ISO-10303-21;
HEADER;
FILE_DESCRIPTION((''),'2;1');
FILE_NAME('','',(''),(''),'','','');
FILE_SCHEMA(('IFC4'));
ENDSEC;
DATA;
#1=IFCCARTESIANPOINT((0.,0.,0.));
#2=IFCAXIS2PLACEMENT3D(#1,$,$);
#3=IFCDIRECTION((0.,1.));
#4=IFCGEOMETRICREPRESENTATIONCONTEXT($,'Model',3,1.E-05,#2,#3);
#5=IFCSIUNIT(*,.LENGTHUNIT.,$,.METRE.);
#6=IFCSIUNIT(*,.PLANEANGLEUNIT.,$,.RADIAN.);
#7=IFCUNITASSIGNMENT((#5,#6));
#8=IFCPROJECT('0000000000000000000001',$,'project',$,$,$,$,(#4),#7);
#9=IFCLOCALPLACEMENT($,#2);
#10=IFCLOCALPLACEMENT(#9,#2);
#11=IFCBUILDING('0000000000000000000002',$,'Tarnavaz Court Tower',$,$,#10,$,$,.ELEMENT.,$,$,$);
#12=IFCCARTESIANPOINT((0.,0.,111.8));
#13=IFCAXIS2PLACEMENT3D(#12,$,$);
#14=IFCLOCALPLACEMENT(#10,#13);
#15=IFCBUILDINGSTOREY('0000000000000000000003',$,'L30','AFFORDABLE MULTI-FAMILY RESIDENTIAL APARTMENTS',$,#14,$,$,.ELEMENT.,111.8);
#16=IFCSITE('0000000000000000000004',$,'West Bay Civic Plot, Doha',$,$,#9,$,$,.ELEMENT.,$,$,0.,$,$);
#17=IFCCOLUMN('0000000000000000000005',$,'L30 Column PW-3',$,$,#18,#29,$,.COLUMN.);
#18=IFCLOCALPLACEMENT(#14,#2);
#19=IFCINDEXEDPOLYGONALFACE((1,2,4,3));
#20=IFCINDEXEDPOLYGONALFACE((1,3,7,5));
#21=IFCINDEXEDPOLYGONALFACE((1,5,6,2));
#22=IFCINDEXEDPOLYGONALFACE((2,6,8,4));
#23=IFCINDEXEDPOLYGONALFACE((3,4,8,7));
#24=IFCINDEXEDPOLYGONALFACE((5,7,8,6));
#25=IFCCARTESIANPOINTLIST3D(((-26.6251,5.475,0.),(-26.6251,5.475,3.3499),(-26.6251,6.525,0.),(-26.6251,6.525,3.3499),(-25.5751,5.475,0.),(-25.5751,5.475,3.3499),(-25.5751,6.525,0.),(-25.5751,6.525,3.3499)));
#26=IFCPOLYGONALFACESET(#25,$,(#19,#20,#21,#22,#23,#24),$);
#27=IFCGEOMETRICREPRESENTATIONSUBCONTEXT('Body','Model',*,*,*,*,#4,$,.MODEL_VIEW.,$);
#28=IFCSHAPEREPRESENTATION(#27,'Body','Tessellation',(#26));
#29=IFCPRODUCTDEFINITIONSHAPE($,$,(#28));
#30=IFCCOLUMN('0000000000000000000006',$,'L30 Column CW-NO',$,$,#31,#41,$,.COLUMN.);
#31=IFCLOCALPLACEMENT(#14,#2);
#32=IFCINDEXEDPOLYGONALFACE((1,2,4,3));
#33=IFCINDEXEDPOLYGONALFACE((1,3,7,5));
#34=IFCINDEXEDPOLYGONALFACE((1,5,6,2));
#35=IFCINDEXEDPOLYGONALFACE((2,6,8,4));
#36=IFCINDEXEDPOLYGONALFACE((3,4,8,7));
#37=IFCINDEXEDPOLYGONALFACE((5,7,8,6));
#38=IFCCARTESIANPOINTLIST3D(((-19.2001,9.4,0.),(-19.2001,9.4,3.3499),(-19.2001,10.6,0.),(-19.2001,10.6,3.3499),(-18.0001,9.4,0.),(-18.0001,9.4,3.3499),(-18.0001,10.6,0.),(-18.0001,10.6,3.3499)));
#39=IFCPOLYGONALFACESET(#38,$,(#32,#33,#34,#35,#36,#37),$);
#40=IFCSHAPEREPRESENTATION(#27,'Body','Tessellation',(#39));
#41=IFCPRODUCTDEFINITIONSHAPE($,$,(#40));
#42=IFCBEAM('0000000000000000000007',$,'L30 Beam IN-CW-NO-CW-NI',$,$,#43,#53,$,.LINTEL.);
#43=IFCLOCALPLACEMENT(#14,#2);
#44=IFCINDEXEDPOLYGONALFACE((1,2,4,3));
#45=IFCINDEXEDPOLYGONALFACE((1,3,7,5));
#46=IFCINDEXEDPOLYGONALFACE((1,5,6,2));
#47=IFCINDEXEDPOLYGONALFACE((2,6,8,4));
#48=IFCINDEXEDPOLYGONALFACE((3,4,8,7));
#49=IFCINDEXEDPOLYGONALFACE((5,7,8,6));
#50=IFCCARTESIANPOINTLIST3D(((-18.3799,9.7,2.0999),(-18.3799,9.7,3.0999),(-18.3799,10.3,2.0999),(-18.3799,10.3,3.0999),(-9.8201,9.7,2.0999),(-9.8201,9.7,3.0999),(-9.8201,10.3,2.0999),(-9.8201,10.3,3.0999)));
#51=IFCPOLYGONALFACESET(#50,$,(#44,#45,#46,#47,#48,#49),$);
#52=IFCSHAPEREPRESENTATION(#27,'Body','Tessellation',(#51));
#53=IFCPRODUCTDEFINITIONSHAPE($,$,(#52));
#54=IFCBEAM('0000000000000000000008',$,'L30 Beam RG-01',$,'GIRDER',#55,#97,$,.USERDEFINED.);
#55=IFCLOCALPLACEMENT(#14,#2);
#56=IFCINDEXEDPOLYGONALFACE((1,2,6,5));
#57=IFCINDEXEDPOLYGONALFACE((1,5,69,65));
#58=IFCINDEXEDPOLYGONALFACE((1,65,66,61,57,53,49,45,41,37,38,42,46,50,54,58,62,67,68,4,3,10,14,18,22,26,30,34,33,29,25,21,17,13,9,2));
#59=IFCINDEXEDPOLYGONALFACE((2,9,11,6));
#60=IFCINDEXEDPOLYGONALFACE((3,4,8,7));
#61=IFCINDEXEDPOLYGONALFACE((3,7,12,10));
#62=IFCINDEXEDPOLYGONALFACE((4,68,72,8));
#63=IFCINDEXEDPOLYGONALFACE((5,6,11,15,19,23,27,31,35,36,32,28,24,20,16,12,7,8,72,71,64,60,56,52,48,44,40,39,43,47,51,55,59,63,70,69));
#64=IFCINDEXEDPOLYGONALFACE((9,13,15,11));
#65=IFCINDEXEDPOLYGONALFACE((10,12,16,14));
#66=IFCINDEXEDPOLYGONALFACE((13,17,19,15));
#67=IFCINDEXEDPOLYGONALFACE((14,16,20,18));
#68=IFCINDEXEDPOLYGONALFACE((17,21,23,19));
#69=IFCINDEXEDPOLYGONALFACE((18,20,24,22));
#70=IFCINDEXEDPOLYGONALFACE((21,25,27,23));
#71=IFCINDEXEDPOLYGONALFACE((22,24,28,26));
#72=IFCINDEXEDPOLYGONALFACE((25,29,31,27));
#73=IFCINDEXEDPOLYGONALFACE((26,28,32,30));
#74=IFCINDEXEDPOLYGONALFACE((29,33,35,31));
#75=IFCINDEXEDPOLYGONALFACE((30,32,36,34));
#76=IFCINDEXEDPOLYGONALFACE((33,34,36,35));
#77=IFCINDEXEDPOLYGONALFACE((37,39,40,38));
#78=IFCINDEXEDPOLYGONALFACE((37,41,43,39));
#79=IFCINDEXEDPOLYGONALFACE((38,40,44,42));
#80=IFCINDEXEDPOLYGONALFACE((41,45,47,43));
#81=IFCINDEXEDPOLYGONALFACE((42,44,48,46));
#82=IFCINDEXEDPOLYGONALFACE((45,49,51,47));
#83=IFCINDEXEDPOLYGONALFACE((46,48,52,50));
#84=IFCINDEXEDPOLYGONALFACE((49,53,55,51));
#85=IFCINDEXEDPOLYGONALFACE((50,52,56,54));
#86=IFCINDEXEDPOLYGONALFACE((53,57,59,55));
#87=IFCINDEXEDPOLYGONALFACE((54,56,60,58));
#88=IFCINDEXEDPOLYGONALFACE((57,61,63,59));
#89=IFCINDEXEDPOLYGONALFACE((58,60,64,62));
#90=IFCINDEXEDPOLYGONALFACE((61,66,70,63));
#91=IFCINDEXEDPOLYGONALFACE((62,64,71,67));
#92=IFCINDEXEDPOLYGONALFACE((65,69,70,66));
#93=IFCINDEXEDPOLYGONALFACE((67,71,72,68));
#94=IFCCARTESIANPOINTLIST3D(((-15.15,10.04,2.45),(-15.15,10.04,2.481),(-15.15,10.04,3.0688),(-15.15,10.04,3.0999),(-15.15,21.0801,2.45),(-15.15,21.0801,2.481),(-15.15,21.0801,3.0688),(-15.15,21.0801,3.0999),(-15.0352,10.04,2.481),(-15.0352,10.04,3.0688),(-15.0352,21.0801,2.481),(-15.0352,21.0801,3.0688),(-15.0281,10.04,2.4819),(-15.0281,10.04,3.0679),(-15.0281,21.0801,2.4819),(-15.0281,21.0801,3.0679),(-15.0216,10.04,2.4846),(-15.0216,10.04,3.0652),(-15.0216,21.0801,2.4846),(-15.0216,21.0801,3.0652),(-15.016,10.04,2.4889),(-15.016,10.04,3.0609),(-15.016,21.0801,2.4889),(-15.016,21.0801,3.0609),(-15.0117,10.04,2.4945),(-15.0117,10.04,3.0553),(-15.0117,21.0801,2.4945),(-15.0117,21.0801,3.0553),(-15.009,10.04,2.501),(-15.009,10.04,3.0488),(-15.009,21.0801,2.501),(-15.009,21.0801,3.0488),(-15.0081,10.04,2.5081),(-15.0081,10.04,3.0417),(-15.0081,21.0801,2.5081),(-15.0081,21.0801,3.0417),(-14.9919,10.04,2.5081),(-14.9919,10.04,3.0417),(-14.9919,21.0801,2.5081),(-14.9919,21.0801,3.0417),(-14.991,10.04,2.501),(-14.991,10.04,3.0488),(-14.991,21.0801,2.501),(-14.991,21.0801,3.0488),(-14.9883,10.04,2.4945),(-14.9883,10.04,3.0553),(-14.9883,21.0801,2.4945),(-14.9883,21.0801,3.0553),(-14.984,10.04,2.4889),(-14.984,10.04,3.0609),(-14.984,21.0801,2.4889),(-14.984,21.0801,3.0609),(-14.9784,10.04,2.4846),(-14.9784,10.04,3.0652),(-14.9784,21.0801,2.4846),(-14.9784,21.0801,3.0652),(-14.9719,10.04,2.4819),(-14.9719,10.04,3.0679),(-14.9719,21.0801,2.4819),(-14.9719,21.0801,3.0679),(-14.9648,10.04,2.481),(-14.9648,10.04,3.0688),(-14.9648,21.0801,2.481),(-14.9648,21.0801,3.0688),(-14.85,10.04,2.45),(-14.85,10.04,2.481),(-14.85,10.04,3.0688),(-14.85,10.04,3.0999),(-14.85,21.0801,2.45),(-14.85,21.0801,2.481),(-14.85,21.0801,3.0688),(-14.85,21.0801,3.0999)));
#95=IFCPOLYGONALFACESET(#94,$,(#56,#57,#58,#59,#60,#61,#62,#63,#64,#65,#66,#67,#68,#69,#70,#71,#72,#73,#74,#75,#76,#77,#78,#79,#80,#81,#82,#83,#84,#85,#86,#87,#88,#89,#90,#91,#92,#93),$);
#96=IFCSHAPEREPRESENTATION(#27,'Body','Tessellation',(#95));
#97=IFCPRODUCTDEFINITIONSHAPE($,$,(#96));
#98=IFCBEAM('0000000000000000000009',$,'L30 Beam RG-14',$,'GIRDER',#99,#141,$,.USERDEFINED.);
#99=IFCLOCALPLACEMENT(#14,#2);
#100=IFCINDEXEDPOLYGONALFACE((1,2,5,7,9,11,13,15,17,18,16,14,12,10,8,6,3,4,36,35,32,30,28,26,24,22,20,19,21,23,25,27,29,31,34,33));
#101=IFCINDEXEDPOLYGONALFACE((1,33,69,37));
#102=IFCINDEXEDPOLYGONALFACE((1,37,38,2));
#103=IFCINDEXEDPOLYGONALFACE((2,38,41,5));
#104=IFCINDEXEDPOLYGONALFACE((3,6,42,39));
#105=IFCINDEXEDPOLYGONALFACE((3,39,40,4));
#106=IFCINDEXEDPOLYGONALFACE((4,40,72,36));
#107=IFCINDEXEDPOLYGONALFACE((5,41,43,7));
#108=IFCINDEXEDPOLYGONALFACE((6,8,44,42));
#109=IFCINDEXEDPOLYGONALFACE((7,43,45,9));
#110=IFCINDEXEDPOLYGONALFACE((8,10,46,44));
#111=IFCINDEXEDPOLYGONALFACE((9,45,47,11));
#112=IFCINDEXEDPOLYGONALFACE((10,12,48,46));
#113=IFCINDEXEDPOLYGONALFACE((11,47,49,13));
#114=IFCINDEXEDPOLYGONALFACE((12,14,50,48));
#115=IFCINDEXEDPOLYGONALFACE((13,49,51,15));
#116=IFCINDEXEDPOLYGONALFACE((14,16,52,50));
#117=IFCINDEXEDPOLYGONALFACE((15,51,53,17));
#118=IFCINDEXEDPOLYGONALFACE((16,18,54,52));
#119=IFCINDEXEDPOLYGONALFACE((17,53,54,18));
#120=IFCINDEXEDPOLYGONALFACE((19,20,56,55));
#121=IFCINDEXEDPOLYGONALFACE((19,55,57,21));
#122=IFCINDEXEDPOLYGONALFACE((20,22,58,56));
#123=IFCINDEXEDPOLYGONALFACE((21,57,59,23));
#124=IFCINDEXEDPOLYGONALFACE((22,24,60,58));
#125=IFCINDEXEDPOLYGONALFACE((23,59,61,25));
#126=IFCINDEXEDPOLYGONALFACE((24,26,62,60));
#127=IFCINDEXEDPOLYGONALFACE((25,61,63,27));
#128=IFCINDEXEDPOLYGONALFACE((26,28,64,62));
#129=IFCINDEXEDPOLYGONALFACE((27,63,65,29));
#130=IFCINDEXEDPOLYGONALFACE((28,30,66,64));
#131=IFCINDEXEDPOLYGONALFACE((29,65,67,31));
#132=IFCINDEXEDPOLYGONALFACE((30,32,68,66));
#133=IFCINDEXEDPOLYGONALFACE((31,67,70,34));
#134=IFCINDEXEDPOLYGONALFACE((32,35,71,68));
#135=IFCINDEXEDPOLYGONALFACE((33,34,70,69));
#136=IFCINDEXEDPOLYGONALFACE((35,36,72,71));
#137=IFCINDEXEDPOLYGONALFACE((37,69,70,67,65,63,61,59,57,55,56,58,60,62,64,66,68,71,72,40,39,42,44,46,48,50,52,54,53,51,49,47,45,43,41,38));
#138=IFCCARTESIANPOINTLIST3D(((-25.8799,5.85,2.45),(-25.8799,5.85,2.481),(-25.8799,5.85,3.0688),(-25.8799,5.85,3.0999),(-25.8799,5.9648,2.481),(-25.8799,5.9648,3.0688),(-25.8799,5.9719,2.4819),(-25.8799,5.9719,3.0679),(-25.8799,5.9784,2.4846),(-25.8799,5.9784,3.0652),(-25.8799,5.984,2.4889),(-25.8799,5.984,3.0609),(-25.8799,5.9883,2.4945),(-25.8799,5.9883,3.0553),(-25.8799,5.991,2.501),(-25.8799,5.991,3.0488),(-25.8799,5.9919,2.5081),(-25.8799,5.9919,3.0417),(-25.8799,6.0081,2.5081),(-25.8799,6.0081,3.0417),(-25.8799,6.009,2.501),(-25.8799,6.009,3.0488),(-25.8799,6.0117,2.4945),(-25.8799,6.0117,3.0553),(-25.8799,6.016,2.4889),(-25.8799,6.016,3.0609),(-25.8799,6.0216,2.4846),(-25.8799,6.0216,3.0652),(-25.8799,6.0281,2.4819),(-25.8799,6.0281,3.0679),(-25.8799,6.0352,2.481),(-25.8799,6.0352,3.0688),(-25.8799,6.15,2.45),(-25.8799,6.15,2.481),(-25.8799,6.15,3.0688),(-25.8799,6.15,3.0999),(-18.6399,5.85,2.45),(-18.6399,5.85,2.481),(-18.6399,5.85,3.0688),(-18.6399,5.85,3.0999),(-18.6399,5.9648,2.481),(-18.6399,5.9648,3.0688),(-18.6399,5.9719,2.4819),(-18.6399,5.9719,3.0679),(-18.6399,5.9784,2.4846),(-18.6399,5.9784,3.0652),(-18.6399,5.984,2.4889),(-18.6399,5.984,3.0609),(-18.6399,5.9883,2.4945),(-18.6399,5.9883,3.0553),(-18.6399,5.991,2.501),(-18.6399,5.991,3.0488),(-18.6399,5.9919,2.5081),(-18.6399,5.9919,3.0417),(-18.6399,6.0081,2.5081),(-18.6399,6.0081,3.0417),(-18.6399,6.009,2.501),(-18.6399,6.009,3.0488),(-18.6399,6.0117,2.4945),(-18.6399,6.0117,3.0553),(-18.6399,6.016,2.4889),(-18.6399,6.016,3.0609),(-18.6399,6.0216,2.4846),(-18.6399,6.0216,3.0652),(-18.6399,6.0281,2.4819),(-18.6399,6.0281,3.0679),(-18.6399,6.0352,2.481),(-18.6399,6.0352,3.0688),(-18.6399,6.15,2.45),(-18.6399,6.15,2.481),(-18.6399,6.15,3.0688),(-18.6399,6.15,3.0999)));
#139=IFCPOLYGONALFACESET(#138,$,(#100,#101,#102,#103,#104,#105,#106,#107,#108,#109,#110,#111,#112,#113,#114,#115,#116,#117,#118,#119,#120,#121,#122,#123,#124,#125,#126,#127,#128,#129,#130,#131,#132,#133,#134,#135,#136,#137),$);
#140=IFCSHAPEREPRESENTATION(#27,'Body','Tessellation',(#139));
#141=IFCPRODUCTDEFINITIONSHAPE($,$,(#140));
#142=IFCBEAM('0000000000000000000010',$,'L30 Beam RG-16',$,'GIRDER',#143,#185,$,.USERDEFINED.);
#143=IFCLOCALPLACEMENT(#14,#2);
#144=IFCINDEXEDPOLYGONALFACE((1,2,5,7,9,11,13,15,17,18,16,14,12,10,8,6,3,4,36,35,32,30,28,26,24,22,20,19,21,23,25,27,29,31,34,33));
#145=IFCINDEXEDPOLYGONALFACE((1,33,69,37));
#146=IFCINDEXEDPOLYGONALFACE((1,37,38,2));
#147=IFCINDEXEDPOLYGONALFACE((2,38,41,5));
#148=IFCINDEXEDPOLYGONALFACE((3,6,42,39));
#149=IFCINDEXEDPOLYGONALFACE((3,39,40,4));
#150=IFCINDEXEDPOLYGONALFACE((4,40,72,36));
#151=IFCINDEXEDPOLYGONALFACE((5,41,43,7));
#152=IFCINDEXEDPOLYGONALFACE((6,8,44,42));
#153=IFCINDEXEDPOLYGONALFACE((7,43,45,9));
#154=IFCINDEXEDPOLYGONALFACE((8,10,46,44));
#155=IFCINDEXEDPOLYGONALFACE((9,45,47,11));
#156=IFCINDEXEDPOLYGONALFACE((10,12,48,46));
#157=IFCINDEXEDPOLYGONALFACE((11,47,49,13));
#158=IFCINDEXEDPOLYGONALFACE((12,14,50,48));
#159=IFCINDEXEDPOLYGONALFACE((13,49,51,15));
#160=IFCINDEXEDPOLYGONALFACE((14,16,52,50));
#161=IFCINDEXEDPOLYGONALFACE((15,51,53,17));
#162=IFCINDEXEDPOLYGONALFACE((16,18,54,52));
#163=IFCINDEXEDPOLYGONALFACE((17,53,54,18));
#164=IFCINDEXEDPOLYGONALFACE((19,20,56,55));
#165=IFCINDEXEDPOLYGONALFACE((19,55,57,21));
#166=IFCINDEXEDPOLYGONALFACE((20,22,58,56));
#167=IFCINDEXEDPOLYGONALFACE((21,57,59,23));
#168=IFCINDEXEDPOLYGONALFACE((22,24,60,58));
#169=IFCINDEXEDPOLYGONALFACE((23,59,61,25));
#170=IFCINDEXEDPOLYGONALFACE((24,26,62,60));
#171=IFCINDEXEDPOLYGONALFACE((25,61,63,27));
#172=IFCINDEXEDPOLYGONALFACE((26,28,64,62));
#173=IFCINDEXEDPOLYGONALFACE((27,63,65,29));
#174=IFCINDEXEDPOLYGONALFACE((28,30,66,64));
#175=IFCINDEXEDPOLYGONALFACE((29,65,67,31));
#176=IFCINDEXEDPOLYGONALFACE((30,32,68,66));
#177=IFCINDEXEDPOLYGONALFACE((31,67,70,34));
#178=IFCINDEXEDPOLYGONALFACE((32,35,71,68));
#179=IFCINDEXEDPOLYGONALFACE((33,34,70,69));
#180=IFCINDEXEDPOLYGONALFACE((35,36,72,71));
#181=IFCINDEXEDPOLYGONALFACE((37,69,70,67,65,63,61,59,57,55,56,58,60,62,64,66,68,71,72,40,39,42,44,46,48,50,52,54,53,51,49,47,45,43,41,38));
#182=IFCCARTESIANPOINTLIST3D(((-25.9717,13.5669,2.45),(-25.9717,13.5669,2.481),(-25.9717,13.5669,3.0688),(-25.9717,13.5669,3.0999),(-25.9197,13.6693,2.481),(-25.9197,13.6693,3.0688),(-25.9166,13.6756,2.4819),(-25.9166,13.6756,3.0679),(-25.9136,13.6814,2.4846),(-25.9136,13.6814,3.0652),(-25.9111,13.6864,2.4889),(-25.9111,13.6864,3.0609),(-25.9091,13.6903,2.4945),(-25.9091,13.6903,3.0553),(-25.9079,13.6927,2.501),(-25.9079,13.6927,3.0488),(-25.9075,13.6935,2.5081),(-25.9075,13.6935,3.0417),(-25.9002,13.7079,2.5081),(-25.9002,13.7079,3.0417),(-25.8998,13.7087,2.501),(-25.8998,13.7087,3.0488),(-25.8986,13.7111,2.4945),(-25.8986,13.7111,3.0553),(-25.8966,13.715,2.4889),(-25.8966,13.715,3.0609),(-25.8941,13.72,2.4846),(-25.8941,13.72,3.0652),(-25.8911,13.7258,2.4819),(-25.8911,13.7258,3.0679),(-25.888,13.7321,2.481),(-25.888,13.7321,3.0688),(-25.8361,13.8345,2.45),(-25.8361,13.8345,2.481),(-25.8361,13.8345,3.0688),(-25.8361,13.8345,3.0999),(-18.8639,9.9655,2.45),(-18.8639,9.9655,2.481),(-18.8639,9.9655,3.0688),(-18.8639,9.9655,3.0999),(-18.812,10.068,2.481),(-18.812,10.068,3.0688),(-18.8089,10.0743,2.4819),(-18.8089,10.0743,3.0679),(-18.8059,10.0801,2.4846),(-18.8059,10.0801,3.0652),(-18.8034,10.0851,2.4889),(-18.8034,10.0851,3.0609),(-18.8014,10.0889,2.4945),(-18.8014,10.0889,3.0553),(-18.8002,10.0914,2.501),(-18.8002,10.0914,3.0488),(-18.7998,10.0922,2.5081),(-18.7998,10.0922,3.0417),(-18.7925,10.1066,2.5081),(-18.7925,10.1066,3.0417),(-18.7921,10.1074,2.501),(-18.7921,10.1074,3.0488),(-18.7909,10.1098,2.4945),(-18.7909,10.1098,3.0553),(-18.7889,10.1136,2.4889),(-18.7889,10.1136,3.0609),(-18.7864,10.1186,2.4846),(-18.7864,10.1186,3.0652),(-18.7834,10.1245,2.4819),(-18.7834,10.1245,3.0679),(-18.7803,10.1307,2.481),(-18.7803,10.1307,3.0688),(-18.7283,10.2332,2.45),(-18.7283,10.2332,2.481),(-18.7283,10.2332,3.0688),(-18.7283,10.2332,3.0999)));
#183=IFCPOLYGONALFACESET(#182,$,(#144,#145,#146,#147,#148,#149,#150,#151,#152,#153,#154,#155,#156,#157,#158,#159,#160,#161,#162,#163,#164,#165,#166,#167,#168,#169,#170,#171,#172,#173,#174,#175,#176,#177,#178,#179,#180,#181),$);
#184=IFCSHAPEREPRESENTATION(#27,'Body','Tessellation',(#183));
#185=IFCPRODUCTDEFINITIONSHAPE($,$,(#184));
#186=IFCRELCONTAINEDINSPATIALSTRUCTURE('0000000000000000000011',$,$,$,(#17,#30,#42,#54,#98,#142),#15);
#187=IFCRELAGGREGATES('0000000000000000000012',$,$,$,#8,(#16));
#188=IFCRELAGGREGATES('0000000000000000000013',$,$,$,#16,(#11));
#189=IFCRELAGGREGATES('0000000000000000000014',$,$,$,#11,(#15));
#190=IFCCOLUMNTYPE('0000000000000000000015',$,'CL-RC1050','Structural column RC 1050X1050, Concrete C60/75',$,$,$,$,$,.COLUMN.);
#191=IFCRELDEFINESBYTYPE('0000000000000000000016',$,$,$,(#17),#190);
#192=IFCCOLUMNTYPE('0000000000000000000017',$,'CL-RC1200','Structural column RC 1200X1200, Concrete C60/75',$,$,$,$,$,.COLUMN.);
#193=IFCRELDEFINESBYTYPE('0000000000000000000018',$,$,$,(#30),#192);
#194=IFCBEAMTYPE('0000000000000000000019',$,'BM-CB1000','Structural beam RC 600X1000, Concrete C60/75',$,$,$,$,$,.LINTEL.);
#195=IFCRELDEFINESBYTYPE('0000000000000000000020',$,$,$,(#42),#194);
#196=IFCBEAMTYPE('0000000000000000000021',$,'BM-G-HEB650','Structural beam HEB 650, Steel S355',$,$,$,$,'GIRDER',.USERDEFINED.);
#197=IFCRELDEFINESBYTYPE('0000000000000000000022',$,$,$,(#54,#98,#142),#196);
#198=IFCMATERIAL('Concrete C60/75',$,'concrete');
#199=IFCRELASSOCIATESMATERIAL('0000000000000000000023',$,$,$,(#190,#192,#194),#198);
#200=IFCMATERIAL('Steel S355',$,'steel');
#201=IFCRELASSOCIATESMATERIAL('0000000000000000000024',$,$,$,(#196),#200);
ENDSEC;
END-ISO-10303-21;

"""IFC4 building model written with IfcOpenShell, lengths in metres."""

from ifc_helpers import new_model, si_unit, direction, frame, origin, origin_2d, place, context, subcontext, project, spatial, rectangle, i_section, extrude, material, material_profile, profile_set, type_object, element, save


model = new_model("IFC4")

# Units and contexts
model_context = context("Model", 3, precision=1e-05, world=origin(), true_north=direction((0.0, 1.0)))
body_context = subcontext(model_context, "Body", "Model", "MODEL_VIEW")
ifc_project = project(units=[si_unit("LENGTHUNIT", "METRE"), si_unit("PLANEANGLEUNIT", "RADIAN")], contexts=[model_context])

# Site, building, storey
site_placement = place(None, origin())
site = spatial("IfcSite", under=ifc_project, at=site_placement, Name="West Bay Civic Plot, Doha", CompositionType="ELEMENT", RefElevation=0.0)
building_placement = place(site_placement, origin())
building = spatial("IfcBuilding", under=site, at=building_placement, Name="Tarnavaz Court Tower", CompositionType="ELEMENT")
storey_placement = place(building_placement, frame((0.0, 0.0, 111.8)))
storey = spatial("IfcBuildingStorey", under=building, at=storey_placement, Name="L30", Description="AFFORDABLE MULTI-FAMILY RESIDENTIAL APARTMENTS", CompositionType="ELEMENT", Elevation=111.8)

# Columns
ifc_material_1 = material(Name="Concrete C60/75", Category="concrete")
ifc_material_profile_1 = material_profile(ifc_material_1, rectangle(XDim=1.05, YDim=1.05, at=origin_2d()), Name="RC 1050X1050")
ifc_profile_set_1 = profile_set([ifc_material_profile_1], Name="Concrete C60/75")
column_type_1 = type_object("IfcColumnType", Name="CL-RC1050", Description="Structural column RC 1050X1050, Concrete C60/75", PredefinedType="COLUMN", material=ifc_profile_set_1)
column_1_placement = place(storey_placement, frame((-26.1001, 6.0, 0.0), z_axis=(0.0, 0.0, 1.0), x_axis=(1.0, 0.0, 0.0)))
element("IfcColumn", 1, at=column_1_placement, inside=storey, type_object=column_type_1, Name="L30 Column PW-3", PredefinedType="COLUMN", context=body_context, shape_type="SweptSolid", body=[
    extrude(rectangle(XDim=1.05, YDim=1.05, at=origin_2d()), origin(), (0.0, 0.0, 1.0), 3.3499),
])
ifc_material_profile_2 = material_profile(ifc_material_1, rectangle(XDim=1.2, YDim=1.2, at=origin_2d()), Name="RC 1200X1200")
ifc_profile_set_2 = profile_set([ifc_material_profile_2], Name="Concrete C60/75")
column_type_2 = type_object("IfcColumnType", Name="CL-RC1200", Description="Structural column RC 1200X1200, Concrete C60/75", PredefinedType="COLUMN", material=ifc_profile_set_2)
column_2_placement = place(storey_placement, frame((-18.6001, 10.0, 0.0), z_axis=(0.0, 0.0, 1.0), x_axis=(1.0, 0.0, 0.0)))
element("IfcColumn", 2, at=column_2_placement, inside=storey, type_object=column_type_2, Name="L30 Column CW-NO", PredefinedType="COLUMN", context=body_context, shape_type="SweptSolid", body=[
    extrude(rectangle(XDim=1.2, YDim=1.2, at=origin_2d()), origin(), (0.0, 0.0, 1.0), 3.3499),
])

# Beams
ifc_material_profile_3 = material_profile(ifc_material_1, rectangle(XDim=0.6001, YDim=1.0, at=origin_2d()), Name="RC 600X1000")
ifc_profile_set_3 = profile_set([ifc_material_profile_3], Name="Concrete C60/75")
beam_type_1 = type_object("IfcBeamType", Name="BM-CB1000", Description="Structural beam RC 600X1000, Concrete C60/75", PredefinedType="LINTEL", material=ifc_profile_set_3)
beam_1_placement = place(storey_placement, frame((-18.3799, 10.0, 2.5999), z_axis=(1.0, 0.0, 0.0), x_axis=(0.0, 1.0, 0.0)))
element("IfcBeam", 3, at=beam_1_placement, inside=storey, type_object=beam_type_1, Name="L30 Beam IN-CW-NO-CW-NI", PredefinedType="LINTEL", context=body_context, shape_type="SweptSolid", body=[
    extrude(rectangle(XDim=0.6001, YDim=1.0, at=origin_2d()), origin(), (0.0, 0.0, 1.0), 8.5598),
])
ifc_material_2 = material(Name="Steel S355", Category="steel")
ifc_material_profile_4 = material_profile(ifc_material_2, i_section(OverallWidth=0.3, OverallDepth=0.6499, WebThickness=0.0161, FlangeThickness=0.031, FilletRadius=0.0271, at=origin_2d()), Name="HEB 650")
ifc_profile_set_4 = profile_set([ifc_material_profile_4], Name="Steel S355")
beam_type_2 = type_object("IfcBeamType", Name="BM-G-HEB650", Description="Structural beam HEB 650, Steel S355", ElementType="GIRDER", PredefinedType="USERDEFINED", material=ifc_profile_set_4)
beam_2_placement = place(storey_placement, frame((-15.0, 10.04, 2.7749), z_axis=(0.0, 1.0, 0.0), x_axis=(-1.0, 0.0, 0.0)))
element("IfcBeam", 4, at=beam_2_placement, inside=storey, type_object=beam_type_2, Name="L30 Beam RG-01", ObjectType="GIRDER", PredefinedType="USERDEFINED", context=body_context, shape_type="SweptSolid", body=[
    extrude(i_section(OverallWidth=0.3, OverallDepth=0.6499, WebThickness=0.0161, FlangeThickness=0.031, FilletRadius=0.0271, at=origin_2d()), origin(), (0.0, 0.0, 1.0), 11.04),
])
beam_3_placement = place(storey_placement, frame((-18.6399, 6.0, 2.7749), z_axis=(-1.0, 0.0, 0.0), x_axis=(0.0, -1.0, 0.0)))
element("IfcBeam", 5, at=beam_3_placement, inside=storey, type_object=beam_type_2, Name="L30 Beam RG-14", ObjectType="GIRDER", PredefinedType="USERDEFINED", context=body_context, shape_type="SweptSolid", body=[
    extrude(i_section(OverallWidth=0.3, OverallDepth=0.6499, WebThickness=0.0161, FlangeThickness=0.031, FilletRadius=0.0271, at=origin_2d()), origin(), (0.0, 0.0, 1.0), 7.24),
])
beam_4_placement = place(storey_placement, frame((-18.7961, 10.0994, 2.7749), z_axis=(-0.892031, 0.451975, 0.0), x_axis=(-0.451975, -0.892031, 0.0)))
element("IfcBeam", 6, at=beam_4_placement, inside=storey, type_object=beam_type_2, Name="L30 Beam RG-16", ObjectType="GIRDER", PredefinedType="USERDEFINED", context=body_context, shape_type="SweptSolid", body=[
    extrude(i_section(OverallWidth=0.3, OverallDepth=0.6499, WebThickness=0.0161, FlangeThickness=0.031, FilletRadius=0.0271, at=origin_2d()), origin(), (0.0, 0.0, 1.0), 7.968),
])

save(model, "model.ifc")
